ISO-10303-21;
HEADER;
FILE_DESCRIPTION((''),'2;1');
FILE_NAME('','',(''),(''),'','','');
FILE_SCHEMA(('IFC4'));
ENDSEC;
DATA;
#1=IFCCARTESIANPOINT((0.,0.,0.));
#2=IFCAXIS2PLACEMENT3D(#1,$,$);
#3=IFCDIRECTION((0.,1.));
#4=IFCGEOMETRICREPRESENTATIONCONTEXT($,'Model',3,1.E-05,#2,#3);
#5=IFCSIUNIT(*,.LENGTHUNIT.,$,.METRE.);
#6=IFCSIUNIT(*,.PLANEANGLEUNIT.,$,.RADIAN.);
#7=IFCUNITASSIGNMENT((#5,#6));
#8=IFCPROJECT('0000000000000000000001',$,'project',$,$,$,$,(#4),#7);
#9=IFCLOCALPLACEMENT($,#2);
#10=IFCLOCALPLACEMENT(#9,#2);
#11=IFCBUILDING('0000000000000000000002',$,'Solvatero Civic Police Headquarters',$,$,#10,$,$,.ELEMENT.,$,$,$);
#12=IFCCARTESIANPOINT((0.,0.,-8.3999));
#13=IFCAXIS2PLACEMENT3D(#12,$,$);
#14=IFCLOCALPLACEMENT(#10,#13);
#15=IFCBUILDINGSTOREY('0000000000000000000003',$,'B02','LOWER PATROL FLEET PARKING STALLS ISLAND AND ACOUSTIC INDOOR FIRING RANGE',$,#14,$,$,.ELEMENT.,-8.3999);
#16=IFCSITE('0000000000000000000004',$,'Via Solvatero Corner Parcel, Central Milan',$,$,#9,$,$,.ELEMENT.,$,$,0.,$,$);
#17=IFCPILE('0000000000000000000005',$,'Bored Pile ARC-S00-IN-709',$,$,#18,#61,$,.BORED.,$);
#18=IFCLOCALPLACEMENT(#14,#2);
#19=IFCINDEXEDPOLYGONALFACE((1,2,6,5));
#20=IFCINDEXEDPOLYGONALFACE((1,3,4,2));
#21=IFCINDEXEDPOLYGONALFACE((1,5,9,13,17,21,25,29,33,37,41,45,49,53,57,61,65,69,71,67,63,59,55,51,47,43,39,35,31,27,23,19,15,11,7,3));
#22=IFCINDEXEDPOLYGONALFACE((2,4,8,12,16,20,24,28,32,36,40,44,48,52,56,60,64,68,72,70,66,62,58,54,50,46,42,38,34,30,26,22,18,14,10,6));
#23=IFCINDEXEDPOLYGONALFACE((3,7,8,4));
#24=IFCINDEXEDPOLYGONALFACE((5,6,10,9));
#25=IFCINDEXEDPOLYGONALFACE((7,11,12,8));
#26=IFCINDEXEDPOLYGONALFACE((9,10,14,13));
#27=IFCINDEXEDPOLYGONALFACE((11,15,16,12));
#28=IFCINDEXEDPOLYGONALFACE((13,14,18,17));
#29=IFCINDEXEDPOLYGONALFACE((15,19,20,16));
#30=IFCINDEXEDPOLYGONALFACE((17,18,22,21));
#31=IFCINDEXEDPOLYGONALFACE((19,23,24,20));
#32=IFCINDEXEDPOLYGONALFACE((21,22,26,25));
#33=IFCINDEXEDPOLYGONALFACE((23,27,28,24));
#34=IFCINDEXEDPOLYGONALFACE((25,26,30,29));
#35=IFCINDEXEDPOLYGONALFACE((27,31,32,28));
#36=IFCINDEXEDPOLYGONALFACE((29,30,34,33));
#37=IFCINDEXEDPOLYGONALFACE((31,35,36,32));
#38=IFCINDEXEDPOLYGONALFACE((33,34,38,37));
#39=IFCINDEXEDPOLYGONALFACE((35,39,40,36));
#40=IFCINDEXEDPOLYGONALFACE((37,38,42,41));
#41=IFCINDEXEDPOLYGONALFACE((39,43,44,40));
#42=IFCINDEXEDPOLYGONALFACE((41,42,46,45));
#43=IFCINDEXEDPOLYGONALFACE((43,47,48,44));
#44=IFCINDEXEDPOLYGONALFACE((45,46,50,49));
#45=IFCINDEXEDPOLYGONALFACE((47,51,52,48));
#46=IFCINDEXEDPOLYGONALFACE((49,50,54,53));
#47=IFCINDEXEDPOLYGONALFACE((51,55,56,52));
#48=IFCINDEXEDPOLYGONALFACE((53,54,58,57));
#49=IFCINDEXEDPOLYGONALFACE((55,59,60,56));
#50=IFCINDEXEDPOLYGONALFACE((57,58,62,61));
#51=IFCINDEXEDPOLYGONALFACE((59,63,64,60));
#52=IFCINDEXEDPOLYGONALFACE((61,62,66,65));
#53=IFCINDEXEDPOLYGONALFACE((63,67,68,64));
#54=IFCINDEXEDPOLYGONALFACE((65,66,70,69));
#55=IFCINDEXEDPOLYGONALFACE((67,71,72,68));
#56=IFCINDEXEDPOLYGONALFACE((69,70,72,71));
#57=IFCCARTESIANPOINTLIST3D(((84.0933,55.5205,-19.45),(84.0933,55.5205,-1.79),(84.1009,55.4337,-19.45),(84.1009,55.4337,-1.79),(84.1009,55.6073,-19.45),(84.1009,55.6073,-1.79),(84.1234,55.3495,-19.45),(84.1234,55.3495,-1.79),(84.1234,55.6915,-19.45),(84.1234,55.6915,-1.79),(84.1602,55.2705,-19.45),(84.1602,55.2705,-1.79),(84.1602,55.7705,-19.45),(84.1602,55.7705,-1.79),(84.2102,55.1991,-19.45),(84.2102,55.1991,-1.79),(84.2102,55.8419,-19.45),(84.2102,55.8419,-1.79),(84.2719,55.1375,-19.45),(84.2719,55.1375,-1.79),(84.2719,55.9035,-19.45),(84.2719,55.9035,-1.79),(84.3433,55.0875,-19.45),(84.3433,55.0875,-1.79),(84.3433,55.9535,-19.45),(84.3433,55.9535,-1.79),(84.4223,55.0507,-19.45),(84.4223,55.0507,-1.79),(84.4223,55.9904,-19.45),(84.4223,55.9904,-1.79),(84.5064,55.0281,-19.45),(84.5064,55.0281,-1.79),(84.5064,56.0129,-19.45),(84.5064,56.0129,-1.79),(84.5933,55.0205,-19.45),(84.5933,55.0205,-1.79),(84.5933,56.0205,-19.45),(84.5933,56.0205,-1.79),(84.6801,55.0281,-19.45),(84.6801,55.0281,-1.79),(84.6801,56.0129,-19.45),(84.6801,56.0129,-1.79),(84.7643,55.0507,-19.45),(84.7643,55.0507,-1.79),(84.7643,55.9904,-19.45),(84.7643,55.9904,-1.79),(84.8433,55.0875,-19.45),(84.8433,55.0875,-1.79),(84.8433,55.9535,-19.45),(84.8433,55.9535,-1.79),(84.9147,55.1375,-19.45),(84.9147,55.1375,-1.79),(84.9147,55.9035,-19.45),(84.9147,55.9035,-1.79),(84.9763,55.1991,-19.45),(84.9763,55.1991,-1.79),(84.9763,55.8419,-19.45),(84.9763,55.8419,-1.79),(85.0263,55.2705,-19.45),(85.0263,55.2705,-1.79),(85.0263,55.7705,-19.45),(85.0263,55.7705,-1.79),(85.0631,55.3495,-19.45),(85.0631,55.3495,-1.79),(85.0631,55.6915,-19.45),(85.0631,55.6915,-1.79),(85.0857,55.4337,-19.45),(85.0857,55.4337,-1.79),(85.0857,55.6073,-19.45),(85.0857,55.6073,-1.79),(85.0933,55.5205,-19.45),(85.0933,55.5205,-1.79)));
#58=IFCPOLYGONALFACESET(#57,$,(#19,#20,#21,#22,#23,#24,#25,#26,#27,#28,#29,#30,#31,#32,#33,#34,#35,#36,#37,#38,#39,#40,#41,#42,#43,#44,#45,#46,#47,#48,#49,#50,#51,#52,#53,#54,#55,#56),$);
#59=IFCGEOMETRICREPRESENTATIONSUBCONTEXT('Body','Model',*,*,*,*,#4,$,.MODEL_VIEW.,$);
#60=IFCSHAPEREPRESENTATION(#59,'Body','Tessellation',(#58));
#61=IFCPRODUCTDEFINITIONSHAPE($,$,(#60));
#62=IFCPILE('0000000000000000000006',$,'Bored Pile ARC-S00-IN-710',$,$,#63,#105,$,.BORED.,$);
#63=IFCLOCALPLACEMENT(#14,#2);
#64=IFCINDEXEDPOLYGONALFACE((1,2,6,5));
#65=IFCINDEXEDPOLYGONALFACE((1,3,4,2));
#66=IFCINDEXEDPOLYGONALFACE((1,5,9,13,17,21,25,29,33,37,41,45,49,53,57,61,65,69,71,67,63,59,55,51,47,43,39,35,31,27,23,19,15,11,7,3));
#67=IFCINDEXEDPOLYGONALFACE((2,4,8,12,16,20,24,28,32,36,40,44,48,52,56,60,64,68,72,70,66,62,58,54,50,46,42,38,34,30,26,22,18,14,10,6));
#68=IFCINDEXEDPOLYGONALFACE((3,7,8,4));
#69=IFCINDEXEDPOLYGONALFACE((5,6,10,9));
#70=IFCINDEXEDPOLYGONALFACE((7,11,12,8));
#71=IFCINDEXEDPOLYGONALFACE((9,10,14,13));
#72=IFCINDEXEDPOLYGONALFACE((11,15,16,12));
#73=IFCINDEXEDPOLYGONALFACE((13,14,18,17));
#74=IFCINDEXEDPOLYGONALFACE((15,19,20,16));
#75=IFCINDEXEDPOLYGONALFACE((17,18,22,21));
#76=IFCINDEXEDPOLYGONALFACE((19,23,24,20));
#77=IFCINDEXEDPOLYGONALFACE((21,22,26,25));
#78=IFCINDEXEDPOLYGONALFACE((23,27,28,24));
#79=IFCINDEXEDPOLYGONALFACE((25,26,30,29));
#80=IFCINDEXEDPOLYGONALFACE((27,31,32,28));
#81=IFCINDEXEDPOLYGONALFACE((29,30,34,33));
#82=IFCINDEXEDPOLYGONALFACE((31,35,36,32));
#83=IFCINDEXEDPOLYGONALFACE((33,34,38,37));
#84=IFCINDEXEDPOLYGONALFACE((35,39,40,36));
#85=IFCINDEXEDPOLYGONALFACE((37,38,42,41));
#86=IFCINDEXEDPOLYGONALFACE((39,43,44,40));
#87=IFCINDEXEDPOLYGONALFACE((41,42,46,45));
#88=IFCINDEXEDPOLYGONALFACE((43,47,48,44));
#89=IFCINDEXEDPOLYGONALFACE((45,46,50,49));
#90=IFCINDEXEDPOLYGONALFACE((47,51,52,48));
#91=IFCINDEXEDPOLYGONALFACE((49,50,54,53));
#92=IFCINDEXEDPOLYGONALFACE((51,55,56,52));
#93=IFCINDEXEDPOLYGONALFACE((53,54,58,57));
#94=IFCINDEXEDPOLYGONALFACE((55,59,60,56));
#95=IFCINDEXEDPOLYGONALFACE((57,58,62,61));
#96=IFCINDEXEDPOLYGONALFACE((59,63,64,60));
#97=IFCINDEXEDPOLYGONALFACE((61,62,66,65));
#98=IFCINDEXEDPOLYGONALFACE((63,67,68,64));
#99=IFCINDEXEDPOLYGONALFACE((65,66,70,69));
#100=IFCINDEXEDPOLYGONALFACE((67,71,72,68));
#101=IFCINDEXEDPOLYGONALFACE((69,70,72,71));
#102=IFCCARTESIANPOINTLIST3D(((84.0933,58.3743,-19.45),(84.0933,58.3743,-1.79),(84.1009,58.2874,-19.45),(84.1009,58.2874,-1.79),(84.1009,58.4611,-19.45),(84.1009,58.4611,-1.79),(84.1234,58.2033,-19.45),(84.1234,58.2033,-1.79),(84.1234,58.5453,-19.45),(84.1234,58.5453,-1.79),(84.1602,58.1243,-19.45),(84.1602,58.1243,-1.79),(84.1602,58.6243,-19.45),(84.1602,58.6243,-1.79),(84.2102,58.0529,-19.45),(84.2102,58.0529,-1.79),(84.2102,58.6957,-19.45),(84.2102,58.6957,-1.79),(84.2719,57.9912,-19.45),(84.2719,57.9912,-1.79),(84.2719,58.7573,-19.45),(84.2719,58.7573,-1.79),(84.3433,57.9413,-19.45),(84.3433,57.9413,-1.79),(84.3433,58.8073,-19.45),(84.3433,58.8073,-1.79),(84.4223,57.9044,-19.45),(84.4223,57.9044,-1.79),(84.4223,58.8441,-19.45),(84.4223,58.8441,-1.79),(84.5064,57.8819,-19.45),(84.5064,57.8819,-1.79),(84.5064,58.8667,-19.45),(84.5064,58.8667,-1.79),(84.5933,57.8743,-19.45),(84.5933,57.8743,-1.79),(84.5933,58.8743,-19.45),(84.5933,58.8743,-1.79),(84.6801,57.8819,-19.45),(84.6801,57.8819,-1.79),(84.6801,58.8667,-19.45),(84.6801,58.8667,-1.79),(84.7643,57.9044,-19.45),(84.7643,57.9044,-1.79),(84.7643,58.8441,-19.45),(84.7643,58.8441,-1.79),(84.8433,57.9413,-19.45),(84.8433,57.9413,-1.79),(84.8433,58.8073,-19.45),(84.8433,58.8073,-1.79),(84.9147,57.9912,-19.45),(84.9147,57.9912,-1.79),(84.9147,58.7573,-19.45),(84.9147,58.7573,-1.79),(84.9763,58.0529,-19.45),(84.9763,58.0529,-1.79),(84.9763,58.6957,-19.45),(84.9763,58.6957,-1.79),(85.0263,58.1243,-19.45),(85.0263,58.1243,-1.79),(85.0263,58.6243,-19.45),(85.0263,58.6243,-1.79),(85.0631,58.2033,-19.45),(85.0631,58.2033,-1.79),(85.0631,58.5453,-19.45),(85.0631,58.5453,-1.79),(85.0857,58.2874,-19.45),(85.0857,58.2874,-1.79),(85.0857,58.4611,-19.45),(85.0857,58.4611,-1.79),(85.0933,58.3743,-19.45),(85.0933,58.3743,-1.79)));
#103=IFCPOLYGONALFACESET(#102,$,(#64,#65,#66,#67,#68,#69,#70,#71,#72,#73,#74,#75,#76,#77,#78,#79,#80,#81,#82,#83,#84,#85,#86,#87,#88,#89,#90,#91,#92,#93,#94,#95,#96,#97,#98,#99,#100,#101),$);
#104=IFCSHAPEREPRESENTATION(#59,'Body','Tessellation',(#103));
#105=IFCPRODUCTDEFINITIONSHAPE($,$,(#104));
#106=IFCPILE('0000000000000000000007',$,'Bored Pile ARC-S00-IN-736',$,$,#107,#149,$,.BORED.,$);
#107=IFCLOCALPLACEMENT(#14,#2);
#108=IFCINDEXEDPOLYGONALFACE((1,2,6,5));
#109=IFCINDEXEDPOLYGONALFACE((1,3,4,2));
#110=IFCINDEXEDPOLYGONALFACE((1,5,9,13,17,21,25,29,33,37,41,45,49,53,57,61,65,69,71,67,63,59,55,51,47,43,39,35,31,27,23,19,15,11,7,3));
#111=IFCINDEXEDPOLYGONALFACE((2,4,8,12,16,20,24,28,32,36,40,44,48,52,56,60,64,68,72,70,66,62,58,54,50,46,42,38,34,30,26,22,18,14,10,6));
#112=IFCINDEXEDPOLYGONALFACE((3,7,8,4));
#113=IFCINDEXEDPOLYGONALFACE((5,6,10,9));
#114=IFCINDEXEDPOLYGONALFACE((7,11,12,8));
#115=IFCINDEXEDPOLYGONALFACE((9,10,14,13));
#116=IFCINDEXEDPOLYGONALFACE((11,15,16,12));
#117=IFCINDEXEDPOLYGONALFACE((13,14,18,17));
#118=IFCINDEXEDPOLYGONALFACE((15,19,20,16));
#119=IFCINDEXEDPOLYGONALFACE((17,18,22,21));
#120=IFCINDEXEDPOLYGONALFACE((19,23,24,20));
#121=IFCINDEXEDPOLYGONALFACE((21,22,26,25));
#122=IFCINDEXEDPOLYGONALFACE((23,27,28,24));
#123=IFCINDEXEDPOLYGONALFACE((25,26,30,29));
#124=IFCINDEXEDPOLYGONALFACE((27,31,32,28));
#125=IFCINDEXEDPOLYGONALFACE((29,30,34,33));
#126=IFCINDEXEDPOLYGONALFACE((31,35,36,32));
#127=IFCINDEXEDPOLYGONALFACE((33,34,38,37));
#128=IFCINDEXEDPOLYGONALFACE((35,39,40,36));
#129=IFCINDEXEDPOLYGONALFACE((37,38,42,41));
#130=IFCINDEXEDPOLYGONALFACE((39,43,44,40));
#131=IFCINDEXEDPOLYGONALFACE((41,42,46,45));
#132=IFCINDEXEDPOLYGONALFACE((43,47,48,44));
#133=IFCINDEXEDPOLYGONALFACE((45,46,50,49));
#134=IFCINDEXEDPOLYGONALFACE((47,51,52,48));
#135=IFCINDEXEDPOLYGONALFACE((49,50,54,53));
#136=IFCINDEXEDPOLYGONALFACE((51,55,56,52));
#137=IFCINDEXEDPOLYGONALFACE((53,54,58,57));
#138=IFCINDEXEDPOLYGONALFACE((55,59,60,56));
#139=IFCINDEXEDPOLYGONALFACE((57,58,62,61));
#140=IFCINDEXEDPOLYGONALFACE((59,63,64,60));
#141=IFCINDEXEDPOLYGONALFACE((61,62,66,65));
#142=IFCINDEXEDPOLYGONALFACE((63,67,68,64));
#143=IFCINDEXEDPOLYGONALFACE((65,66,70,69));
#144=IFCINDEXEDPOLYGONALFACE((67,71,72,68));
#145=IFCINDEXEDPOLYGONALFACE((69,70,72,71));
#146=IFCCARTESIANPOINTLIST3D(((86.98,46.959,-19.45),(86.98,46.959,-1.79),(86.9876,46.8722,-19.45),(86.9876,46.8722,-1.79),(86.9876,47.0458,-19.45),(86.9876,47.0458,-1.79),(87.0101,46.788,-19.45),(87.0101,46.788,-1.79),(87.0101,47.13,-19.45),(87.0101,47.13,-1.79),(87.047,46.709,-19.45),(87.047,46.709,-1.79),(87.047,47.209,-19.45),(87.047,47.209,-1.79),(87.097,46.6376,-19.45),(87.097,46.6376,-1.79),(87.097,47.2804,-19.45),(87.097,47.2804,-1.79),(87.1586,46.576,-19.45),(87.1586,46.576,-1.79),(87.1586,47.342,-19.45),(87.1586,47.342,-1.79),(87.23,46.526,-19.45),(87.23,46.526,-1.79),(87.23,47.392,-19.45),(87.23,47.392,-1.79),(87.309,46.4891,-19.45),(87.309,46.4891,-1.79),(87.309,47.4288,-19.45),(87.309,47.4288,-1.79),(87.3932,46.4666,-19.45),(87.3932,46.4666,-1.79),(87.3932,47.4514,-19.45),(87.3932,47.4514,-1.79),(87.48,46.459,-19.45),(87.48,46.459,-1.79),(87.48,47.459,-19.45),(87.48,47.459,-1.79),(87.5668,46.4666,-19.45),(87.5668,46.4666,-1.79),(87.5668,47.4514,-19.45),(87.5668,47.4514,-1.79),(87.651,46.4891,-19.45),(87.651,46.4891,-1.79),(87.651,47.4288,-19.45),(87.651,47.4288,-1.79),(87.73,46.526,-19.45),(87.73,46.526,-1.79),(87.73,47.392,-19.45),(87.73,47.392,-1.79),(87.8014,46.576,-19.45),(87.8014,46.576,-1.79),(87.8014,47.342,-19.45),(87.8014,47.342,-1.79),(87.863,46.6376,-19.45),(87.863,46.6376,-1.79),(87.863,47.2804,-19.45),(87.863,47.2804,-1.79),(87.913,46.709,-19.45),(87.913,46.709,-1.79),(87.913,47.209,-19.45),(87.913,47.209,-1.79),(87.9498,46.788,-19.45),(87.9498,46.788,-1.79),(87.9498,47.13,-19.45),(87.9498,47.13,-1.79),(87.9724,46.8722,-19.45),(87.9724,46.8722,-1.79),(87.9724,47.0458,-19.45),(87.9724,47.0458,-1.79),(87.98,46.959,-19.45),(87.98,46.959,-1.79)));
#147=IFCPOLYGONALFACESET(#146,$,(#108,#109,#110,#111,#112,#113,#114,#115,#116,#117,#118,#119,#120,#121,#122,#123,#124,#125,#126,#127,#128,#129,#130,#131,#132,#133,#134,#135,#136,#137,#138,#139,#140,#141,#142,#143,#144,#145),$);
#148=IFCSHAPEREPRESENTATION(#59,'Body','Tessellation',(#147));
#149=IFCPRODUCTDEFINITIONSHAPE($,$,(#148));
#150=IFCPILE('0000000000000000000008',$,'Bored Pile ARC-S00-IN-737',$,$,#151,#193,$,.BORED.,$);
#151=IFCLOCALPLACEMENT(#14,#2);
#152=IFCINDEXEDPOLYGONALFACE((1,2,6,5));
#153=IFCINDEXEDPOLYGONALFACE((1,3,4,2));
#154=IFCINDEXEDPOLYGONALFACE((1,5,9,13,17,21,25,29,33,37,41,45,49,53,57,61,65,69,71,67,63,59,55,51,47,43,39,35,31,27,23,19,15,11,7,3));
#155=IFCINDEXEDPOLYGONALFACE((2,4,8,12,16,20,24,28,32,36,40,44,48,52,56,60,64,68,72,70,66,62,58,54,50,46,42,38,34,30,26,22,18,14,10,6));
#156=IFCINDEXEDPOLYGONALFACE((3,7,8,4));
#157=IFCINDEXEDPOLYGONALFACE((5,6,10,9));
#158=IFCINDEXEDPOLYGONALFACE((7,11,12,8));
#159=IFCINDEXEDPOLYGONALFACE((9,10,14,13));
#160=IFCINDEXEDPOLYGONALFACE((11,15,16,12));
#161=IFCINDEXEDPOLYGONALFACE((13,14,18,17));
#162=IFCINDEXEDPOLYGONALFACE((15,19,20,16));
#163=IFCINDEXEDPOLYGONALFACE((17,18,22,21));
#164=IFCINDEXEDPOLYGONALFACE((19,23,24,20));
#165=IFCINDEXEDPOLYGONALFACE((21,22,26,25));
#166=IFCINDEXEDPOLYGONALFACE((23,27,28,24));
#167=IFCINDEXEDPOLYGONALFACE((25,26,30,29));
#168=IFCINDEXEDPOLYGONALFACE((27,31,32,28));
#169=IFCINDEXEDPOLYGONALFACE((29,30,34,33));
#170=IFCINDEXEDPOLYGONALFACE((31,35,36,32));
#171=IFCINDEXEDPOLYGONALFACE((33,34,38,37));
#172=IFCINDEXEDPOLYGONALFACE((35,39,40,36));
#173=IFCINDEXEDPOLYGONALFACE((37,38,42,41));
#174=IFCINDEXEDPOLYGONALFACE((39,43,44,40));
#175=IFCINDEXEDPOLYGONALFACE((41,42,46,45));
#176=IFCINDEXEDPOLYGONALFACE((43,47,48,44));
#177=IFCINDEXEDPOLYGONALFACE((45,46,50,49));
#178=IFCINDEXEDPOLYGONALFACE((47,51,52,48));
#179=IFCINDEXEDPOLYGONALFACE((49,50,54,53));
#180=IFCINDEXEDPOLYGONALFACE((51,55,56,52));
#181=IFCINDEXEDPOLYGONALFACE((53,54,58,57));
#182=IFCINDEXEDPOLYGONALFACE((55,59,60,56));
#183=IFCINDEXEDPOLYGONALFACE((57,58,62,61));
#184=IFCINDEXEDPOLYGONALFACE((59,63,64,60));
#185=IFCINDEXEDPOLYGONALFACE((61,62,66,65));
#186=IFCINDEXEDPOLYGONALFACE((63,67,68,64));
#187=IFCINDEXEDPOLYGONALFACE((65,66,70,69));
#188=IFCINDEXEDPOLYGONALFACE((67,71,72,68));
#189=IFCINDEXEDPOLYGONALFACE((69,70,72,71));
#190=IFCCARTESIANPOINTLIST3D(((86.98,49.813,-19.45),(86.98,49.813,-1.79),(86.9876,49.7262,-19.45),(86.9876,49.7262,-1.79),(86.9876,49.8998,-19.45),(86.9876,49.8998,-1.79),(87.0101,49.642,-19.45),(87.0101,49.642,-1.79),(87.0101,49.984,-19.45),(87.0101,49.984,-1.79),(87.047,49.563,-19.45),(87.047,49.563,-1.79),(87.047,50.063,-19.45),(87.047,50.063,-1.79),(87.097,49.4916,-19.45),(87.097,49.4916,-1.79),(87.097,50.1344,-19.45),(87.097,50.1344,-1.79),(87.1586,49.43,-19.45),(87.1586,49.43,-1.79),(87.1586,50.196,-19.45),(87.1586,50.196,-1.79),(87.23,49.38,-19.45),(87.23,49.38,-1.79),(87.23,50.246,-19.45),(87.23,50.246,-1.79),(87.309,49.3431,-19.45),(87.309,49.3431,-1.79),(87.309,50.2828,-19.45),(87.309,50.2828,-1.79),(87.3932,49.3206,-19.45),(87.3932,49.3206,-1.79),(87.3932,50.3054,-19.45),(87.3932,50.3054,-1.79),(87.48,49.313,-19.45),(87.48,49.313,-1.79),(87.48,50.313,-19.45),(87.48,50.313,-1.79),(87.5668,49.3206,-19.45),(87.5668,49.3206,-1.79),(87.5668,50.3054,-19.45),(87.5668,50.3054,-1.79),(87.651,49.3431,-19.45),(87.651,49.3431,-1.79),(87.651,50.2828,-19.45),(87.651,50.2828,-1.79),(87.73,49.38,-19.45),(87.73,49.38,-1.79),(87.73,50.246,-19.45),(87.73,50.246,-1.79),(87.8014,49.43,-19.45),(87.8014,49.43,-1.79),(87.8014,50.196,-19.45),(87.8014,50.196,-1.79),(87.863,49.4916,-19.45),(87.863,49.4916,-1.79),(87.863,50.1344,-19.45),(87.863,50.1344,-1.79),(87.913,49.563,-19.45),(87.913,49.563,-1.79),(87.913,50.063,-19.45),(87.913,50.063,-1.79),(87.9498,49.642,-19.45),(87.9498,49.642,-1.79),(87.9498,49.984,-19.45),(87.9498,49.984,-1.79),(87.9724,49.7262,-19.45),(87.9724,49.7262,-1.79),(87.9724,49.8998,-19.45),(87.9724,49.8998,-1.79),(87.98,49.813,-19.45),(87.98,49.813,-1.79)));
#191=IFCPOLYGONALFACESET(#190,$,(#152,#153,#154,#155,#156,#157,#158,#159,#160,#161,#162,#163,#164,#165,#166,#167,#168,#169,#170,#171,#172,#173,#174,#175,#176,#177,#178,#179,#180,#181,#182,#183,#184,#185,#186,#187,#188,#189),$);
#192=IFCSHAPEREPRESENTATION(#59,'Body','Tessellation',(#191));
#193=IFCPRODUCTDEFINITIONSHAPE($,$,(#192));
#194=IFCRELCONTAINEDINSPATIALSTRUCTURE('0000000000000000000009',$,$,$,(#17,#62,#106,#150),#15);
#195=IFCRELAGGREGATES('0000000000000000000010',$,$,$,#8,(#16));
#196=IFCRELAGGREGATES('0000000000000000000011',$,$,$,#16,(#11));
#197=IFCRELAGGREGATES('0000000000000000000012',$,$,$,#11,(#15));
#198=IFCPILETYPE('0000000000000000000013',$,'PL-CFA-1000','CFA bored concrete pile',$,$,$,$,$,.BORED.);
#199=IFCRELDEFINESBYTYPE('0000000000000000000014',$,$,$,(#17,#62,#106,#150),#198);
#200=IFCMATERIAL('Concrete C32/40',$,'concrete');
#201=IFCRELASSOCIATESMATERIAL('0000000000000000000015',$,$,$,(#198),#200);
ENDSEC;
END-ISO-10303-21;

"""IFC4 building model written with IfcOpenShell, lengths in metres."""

from ifc_helpers import new_model, si_unit, direction, frame, origin, origin_2d, place, context, subcontext, project, spatial, circle, extrude, material, material_profile, profile_set, type_object, element, save


model = new_model("IFC4")

# Units and contexts
model_context = context("Model", 3, precision=1e-05, world=origin(), true_north=direction((0.0, 1.0)))
body_context = subcontext(model_context, "Body", "Model", "MODEL_VIEW")
ifc_project = project(units=[si_unit("LENGTHUNIT", "METRE"), si_unit("PLANEANGLEUNIT", "RADIAN")], contexts=[model_context])

# Site, building, storey
site_placement = place(None, origin())
site = spatial("IfcSite", under=ifc_project, at=site_placement, Name="Via Solvatero Corner Parcel, Central Milan", CompositionType="ELEMENT", RefElevation=0.0)
building_placement = place(site_placement, origin())
building = spatial("IfcBuilding", under=site, at=building_placement, Name="Solvatero Civic Police Headquarters", CompositionType="ELEMENT")
storey_placement = place(building_placement, frame((0.0, 0.0, -8.3999)))
storey = spatial("IfcBuildingStorey", under=building, at=storey_placement, Name="B02", Description="LOWER PATROL FLEET PARKING STALLS ISLAND AND ACOUSTIC INDOOR FIRING RANGE", CompositionType="ELEMENT", Elevation=-8.3999)

# Piles
ifc_material_1 = material(Name="Concrete C32/40", Category="concrete")
ifc_material_profile_1 = material_profile(ifc_material_1, circle(Radius=0.5, at=origin_2d()), Name="CFA PILE D1000")
ifc_profile_set_1 = profile_set([ifc_material_profile_1], Name="Concrete C32/40")
pile_type = type_object("IfcPileType", Name="PL-CFA-1000", Description="CFA bored concrete pile", PredefinedType="BORED", material=ifc_profile_set_1)
for number, where, z_axis, x_axis, name in (
    (1, (84.5933, 55.5205, -1.79), (0.0, 0.0, -1.0), (1.0, 0.0, 0.0), "Bored Pile ARC-S00-IN-709"),
    (2, (84.5933, 58.3743, -1.79), (0.0, 0.0, -1.0), (1.0, 0.0, 0.0), "Bored Pile ARC-S00-IN-710"),
    (3, (87.48, 46.959, -1.79), (0.0, 0.0, -1.0), (1.0, 0.0, 0.0), "Bored Pile ARC-S00-IN-736"),
    (4, (87.48, 49.813, -1.79), (0.0, 0.0, -1.0), (1.0, 0.0, 0.0), "Bored Pile ARC-S00-IN-737"),
):
    element("IfcPile", number, at=place(storey_placement, frame(where, z_axis=z_axis, x_axis=x_axis)), inside=storey, type_object=pile_type, Name=name, PredefinedType="BORED", context=body_context, shape_type="SweptSolid", body=[
        extrude(circle(Radius=0.5, at=origin_2d()), origin(), (0.0, 0.0, 1.0), 17.6599),
    ])

save(model, "model.ifc")
